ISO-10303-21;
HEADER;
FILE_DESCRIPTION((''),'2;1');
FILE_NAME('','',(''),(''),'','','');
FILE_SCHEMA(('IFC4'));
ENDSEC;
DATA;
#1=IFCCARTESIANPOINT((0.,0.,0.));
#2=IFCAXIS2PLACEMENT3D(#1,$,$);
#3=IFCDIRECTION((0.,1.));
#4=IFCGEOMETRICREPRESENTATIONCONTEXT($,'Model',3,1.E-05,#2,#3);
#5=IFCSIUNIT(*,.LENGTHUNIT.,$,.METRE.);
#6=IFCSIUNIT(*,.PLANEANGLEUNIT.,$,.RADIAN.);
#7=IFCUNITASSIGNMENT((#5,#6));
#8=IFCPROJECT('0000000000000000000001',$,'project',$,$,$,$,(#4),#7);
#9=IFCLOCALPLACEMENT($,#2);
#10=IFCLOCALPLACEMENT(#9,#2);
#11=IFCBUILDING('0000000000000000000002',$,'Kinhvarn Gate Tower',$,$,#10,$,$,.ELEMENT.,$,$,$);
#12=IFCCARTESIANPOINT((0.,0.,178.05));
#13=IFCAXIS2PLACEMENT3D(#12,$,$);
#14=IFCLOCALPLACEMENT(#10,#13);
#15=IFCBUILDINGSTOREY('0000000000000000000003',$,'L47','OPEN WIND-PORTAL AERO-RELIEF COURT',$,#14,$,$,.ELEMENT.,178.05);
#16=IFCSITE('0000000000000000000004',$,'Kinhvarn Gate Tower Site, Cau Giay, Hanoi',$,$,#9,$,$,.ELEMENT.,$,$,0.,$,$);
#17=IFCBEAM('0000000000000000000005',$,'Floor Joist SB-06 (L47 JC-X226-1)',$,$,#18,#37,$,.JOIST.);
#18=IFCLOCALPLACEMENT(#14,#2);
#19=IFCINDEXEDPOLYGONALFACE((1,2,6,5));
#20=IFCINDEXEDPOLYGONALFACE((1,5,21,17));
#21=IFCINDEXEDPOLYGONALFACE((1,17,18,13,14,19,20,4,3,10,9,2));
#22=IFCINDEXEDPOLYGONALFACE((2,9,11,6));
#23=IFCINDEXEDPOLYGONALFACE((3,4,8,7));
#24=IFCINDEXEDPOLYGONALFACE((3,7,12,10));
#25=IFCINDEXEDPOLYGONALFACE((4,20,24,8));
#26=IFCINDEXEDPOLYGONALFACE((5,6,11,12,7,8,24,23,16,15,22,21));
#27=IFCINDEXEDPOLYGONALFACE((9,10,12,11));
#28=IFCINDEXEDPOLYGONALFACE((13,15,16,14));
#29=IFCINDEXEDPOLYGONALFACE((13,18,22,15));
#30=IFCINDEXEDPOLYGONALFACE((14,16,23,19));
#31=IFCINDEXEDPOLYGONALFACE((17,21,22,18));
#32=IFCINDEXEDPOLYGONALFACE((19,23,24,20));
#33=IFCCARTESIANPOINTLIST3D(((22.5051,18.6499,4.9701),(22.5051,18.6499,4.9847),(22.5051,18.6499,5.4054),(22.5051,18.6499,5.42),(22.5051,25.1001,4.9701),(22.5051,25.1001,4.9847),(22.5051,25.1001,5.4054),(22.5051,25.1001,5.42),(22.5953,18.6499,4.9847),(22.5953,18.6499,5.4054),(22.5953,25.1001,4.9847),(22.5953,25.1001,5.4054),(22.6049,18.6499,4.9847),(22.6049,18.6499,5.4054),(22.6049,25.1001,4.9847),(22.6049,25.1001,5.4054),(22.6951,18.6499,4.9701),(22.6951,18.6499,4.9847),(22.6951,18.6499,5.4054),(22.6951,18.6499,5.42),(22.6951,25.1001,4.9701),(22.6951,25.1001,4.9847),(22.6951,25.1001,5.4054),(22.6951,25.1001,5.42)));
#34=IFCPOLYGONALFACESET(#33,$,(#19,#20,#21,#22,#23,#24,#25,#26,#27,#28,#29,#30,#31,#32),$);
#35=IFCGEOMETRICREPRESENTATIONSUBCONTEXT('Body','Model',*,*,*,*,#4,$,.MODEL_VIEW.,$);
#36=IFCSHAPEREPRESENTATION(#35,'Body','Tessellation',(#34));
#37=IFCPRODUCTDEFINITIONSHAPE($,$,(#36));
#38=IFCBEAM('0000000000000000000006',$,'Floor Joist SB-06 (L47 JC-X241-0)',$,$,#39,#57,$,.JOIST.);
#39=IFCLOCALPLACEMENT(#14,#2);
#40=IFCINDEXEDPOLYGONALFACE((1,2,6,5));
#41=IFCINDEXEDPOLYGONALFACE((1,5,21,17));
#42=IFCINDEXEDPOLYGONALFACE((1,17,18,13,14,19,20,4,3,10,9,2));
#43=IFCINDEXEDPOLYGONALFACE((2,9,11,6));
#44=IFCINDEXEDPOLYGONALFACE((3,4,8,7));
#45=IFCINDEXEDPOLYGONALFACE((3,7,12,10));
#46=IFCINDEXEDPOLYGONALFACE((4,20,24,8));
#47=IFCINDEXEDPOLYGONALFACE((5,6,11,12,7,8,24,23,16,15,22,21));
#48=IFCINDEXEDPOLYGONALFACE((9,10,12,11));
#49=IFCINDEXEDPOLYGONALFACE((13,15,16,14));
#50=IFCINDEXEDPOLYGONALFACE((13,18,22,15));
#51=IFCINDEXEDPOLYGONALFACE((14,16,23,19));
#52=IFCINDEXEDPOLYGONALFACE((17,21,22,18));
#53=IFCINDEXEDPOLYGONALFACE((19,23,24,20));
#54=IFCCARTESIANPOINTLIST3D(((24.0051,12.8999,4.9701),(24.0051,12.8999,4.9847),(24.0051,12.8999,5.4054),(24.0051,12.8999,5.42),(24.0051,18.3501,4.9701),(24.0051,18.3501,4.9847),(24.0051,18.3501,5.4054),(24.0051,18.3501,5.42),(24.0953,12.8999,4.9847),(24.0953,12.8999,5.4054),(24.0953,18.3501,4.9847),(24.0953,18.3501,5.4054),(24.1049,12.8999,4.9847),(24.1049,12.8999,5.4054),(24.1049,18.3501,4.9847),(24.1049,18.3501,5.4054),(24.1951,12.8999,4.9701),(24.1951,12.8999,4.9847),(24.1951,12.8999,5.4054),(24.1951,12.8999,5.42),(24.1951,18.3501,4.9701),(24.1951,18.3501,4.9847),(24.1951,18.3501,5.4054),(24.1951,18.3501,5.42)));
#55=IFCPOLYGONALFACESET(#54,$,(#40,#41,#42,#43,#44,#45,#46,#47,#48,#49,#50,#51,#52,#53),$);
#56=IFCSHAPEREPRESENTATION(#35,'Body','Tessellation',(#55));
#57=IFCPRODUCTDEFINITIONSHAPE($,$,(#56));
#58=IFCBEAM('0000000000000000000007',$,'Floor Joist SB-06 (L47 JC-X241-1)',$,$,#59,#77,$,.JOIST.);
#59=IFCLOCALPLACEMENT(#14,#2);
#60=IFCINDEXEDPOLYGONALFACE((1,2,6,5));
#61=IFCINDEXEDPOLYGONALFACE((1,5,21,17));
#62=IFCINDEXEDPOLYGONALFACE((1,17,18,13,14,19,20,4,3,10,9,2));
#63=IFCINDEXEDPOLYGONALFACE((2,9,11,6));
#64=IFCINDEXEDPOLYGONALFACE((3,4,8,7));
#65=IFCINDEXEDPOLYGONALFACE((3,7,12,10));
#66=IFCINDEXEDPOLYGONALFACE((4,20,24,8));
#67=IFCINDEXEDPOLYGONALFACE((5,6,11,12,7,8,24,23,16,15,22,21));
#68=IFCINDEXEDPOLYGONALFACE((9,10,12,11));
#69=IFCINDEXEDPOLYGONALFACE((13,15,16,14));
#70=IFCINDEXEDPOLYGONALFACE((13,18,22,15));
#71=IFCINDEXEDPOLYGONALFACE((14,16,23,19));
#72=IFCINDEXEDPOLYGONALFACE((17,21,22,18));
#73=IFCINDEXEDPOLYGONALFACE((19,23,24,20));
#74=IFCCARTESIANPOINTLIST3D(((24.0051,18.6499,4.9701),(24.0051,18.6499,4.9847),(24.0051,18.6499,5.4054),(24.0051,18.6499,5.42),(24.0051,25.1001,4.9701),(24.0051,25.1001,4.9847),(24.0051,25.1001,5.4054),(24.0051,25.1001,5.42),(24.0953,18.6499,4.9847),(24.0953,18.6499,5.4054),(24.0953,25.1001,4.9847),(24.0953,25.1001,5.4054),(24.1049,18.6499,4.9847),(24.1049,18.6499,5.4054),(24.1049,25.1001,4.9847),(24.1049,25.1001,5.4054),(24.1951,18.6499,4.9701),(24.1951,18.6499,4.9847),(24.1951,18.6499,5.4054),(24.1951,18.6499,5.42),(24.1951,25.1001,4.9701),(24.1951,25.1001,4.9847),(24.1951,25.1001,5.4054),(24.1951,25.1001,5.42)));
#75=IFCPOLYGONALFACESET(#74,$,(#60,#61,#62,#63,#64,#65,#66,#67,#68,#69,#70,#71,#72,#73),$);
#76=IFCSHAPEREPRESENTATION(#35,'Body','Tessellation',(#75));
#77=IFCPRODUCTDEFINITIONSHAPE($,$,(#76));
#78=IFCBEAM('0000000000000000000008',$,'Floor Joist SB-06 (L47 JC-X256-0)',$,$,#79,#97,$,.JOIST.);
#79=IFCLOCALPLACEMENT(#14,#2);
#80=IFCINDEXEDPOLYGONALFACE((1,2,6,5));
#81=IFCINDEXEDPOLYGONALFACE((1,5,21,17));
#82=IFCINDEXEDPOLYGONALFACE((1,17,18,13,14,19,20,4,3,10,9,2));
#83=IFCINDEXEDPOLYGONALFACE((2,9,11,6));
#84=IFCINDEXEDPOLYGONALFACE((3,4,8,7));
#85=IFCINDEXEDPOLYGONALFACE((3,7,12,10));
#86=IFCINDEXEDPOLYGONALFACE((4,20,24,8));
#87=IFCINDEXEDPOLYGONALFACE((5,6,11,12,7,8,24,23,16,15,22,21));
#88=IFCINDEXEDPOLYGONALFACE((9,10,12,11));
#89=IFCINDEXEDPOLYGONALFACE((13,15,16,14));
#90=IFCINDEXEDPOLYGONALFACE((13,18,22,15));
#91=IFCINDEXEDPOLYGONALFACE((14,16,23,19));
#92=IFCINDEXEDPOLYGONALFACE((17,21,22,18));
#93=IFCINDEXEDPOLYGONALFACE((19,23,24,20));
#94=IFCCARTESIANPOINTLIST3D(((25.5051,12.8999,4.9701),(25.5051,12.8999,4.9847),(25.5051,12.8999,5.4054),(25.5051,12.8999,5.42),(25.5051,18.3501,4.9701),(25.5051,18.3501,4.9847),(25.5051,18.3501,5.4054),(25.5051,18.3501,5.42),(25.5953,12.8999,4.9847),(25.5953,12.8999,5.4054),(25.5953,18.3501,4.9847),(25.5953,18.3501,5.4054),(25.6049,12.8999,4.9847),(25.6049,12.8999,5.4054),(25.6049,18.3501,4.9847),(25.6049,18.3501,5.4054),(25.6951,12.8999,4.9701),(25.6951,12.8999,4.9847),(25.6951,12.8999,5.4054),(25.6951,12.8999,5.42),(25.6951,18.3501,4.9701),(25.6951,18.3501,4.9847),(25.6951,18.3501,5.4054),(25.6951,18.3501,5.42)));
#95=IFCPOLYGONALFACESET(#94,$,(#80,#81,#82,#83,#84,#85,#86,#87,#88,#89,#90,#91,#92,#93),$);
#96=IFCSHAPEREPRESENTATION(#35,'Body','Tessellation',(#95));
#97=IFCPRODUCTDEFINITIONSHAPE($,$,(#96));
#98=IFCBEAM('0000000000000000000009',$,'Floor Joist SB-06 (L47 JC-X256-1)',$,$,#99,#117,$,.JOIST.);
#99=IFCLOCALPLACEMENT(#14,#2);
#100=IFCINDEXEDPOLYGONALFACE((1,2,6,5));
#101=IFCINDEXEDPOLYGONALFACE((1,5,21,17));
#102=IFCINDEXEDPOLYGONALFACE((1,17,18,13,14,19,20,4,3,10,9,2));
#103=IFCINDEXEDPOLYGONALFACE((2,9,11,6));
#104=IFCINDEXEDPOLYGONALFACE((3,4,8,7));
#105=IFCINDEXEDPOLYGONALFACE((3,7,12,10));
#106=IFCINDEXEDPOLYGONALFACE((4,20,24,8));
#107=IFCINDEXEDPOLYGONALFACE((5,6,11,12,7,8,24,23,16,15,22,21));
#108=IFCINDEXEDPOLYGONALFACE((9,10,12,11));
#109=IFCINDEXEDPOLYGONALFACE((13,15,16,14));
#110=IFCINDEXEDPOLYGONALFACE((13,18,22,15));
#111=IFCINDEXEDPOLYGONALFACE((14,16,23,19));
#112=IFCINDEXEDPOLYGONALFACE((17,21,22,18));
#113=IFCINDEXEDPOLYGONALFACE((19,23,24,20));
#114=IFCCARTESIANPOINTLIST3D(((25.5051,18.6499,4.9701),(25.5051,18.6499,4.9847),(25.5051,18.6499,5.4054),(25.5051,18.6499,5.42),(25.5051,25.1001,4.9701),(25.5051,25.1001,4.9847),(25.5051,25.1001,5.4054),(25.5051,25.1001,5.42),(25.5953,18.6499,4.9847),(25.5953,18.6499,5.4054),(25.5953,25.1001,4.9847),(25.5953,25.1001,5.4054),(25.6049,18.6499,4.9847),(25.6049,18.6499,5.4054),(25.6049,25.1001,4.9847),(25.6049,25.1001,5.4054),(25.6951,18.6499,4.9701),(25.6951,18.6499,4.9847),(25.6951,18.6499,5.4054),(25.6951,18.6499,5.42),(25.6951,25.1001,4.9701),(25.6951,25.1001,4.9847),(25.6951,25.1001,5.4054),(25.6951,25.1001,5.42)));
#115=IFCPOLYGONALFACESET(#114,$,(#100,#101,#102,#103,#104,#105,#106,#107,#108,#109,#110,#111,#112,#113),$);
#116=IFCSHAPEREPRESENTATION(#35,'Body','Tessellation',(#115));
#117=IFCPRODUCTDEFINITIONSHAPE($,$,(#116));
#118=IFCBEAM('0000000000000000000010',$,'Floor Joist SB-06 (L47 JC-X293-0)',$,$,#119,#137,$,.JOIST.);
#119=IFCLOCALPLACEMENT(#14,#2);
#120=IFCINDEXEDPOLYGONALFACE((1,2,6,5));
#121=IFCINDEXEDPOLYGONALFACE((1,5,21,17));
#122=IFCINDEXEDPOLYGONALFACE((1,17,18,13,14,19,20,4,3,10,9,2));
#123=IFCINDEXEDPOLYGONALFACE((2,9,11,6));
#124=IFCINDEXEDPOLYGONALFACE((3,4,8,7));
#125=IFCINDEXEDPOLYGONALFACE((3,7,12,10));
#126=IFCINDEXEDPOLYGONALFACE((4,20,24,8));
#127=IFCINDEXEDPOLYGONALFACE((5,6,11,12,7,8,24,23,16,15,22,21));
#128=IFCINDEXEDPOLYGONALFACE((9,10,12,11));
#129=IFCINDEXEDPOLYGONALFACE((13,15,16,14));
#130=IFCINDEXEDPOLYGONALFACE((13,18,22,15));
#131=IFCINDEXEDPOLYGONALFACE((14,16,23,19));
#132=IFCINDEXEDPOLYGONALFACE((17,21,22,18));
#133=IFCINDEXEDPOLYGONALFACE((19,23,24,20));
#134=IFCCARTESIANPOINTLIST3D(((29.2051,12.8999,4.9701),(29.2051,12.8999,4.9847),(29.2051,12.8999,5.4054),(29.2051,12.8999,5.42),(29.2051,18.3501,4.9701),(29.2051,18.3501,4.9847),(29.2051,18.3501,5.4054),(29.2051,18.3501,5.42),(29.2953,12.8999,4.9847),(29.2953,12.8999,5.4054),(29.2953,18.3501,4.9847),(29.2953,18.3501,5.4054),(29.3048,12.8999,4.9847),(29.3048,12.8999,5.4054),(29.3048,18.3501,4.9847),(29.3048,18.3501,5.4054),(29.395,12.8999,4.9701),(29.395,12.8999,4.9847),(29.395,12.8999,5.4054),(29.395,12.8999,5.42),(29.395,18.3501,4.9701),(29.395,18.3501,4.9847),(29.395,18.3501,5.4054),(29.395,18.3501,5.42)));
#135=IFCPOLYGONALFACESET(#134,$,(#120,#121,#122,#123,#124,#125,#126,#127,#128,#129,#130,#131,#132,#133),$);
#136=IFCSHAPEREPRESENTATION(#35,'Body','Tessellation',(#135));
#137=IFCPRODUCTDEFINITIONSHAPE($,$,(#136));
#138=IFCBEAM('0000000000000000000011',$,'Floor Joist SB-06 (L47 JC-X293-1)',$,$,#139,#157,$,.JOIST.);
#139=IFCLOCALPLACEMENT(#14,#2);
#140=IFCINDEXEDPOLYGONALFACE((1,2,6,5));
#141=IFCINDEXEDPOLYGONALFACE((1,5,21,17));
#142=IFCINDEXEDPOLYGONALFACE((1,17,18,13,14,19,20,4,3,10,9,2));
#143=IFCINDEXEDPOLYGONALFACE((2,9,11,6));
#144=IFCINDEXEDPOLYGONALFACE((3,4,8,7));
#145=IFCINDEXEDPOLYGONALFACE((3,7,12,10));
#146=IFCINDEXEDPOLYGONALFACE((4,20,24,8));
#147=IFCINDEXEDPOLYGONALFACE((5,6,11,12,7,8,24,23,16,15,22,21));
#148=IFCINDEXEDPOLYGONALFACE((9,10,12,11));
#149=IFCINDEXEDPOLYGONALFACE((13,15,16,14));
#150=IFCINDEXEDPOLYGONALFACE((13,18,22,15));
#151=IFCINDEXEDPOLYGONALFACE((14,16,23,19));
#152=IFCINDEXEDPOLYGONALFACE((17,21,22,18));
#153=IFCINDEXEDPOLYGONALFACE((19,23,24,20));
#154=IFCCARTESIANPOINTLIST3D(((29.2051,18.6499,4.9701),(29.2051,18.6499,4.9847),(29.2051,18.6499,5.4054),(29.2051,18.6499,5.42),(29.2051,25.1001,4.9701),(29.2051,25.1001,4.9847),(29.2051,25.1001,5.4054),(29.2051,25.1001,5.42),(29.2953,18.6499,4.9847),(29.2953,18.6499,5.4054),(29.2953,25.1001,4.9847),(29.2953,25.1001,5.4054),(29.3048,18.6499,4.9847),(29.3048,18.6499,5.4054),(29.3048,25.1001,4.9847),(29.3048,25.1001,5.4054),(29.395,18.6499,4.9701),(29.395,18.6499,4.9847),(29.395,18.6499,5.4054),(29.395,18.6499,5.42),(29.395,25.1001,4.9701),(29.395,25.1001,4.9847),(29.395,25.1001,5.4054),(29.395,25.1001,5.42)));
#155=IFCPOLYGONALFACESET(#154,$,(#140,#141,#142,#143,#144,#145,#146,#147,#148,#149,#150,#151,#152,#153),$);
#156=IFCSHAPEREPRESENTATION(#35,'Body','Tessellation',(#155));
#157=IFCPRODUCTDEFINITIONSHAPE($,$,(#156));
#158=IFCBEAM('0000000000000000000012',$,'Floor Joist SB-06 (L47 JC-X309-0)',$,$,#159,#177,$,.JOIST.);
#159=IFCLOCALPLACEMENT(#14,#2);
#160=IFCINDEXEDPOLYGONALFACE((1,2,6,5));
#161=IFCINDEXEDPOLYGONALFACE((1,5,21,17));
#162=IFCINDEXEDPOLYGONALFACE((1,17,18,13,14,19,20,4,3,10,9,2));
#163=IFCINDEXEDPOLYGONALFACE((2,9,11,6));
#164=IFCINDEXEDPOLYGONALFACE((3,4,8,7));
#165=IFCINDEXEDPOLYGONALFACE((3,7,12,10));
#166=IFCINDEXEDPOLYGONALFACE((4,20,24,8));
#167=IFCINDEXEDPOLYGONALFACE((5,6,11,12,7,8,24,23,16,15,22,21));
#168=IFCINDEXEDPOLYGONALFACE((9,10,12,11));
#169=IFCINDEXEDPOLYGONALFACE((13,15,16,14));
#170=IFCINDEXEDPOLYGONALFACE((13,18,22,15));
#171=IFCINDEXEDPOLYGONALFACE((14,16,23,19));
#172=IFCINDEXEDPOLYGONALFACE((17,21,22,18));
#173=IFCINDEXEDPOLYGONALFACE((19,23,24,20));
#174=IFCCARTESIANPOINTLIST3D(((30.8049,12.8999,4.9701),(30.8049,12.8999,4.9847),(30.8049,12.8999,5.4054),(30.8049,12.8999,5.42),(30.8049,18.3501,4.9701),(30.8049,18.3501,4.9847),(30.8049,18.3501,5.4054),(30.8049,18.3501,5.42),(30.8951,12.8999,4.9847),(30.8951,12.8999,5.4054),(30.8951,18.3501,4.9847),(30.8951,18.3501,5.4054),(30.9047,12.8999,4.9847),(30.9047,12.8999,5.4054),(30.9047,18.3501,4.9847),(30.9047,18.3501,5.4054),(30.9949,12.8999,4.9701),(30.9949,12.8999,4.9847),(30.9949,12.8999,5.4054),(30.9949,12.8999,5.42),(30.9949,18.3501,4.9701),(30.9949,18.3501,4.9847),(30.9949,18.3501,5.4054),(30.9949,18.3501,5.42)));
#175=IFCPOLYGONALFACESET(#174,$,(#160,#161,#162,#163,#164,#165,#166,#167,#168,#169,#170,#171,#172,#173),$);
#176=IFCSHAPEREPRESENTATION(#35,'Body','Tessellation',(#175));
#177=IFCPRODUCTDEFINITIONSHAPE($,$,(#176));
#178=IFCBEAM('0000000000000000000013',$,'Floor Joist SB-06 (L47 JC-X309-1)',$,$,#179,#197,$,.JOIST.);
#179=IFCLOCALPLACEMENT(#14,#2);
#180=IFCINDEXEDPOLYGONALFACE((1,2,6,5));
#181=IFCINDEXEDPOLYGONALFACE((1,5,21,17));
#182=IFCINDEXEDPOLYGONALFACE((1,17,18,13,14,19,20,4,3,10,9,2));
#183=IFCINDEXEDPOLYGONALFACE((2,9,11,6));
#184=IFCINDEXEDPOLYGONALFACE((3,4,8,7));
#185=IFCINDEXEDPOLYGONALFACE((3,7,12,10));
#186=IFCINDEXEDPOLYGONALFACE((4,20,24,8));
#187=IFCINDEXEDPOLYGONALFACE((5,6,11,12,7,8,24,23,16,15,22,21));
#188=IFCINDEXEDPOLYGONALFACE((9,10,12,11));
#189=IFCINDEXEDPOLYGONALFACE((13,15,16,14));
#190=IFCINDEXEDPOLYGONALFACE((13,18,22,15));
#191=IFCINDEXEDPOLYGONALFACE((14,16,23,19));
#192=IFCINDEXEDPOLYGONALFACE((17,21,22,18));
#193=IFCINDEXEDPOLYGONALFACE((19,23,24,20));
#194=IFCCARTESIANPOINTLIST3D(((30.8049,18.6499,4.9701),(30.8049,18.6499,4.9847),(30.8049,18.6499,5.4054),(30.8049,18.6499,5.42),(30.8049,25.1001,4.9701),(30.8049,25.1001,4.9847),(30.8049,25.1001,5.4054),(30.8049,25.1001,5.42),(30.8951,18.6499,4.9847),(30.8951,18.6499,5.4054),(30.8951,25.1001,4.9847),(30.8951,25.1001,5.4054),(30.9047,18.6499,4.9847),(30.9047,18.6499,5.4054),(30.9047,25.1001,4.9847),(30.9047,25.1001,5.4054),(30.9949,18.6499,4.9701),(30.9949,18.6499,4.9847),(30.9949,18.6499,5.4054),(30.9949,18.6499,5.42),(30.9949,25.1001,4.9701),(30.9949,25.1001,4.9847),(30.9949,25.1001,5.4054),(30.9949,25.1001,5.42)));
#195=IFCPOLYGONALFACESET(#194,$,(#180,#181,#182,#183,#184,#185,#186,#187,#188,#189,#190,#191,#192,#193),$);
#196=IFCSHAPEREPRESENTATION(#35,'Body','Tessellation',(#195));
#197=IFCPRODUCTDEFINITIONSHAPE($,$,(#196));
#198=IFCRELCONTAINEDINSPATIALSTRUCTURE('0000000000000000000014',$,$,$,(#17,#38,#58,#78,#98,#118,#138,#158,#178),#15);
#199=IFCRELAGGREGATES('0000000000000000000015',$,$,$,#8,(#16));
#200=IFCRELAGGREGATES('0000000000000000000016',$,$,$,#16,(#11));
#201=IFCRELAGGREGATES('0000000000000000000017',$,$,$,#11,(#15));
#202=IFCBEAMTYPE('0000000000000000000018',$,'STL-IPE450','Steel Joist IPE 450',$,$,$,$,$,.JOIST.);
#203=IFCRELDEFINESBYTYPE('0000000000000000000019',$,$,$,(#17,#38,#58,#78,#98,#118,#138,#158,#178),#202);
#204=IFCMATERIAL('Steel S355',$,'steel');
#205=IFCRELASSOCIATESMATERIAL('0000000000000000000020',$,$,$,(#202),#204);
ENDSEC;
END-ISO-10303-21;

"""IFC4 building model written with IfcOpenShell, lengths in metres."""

from ifc_helpers import new_model, si_unit, direction, frame, origin, origin_2d, place, context, subcontext, project, spatial, i_section, extrude, material, material_profile, profile_set, type_object, element, save


model = new_model("IFC4")

# Units and contexts
model_context = context("Model", 3, precision=1e-05, world=origin(), true_north=direction((0.0, 1.0)))
body_context = subcontext(model_context, "Body", "Model", "MODEL_VIEW")
ifc_project = project(units=[si_unit("LENGTHUNIT", "METRE"), si_unit("PLANEANGLEUNIT", "RADIAN")], contexts=[model_context])

# Site, building, storey
site_placement = place(None, origin())
site = spatial("IfcSite", under=ifc_project, at=site_placement, Name="Kinhvarn Gate Tower Site, Cau Giay, Hanoi", CompositionType="ELEMENT", RefElevation=0.0)
building_placement = place(site_placement, origin())
building = spatial("IfcBuilding", under=site, at=building_placement, Name="Kinhvarn Gate Tower", CompositionType="ELEMENT")
storey_placement = place(building_placement, frame((0.0, 0.0, 178.05)))
storey = spatial("IfcBuildingStorey", under=building, at=storey_placement, Name="L47", Description="OPEN WIND-PORTAL AERO-RELIEF COURT", CompositionType="ELEMENT", Elevation=178.05)

# Beams
ifc_material_1 = material(Name="Steel S355", Category="steel")
ifc_material_profile_1 = material_profile(ifc_material_1, i_section(OverallWidth=0.1899, OverallDepth=0.45, WebThickness=0.0095, FlangeThickness=0.0146, at=origin_2d()), Name="IPE 450")
ifc_profile_set_1 = profile_set([ifc_material_profile_1], Name="Steel S355")
beam_type_1 = type_object("IfcBeamType", Name="STL-IPE450", Description="Steel Joist IPE 450", PredefinedType="JOIST", material=ifc_profile_set_1)
beam_1_placement = place(storey_placement, frame((22.6001, 18.6499, 5.1951), z_axis=(0.0, 1.0, 0.0), x_axis=(-1.0, 0.0, 0.0)))
element("IfcBeam", 1, at=beam_1_placement, inside=storey, type_object=beam_type_1, Name="Floor Joist SB-06 (L47 JC-X226-1)", PredefinedType="JOIST", context=body_context, shape_type="SweptSolid", body=[
    extrude(i_section(OverallWidth=0.1899, OverallDepth=0.45, WebThickness=0.0095, FlangeThickness=0.0146, at=origin_2d()), origin(), (0.0, 0.0, 1.0), 6.4502),
])
beam_2_placement = place(storey_placement, frame((24.1001, 12.8999, 5.1951), z_axis=(0.0, 1.0, 0.0), x_axis=(-1.0, 0.0, 0.0)))
element("IfcBeam", 2, at=beam_2_placement, inside=storey, type_object=beam_type_1, Name="Floor Joist SB-06 (L47 JC-X241-0)", PredefinedType="JOIST", context=body_context, shape_type="SweptSolid", body=[
    extrude(i_section(OverallWidth=0.1899, OverallDepth=0.45, WebThickness=0.0095, FlangeThickness=0.0146, at=origin_2d()), origin(), (0.0, 0.0, 1.0), 5.4502),
])
beam_3_placement = place(storey_placement, frame((24.1001, 18.6499, 5.1951), z_axis=(0.0, 1.0, 0.0), x_axis=(-1.0, 0.0, 0.0)))
element("IfcBeam", 3, at=beam_3_placement, inside=storey, type_object=beam_type_1, Name="Floor Joist SB-06 (L47 JC-X241-1)", PredefinedType="JOIST", context=body_context, shape_type="SweptSolid", body=[
    extrude(i_section(OverallWidth=0.1899, OverallDepth=0.45, WebThickness=0.0095, FlangeThickness=0.0146, at=origin_2d()), origin(), (0.0, 0.0, 1.0), 6.4502),
])
beam_4_placement = place(storey_placement, frame((25.6001, 12.8999, 5.1951), z_axis=(0.0, 1.0, 0.0), x_axis=(-1.0, 0.0, 0.0)))
element("IfcBeam", 4, at=beam_4_placement, inside=storey, type_object=beam_type_1, Name="Floor Joist SB-06 (L47 JC-X256-0)", PredefinedType="JOIST", context=body_context, shape_type="SweptSolid", body=[
    extrude(i_section(OverallWidth=0.1899, OverallDepth=0.45, WebThickness=0.0095, FlangeThickness=0.0146, at=origin_2d()), origin(), (0.0, 0.0, 1.0), 5.4502),
])
beam_5_placement = place(storey_placement, frame((25.6001, 18.6499, 5.1951), z_axis=(0.0, 1.0, 0.0), x_axis=(-1.0, 0.0, 0.0)))
element("IfcBeam", 5, at=beam_5_placement, inside=storey, type_object=beam_type_1, Name="Floor Joist SB-06 (L47 JC-X256-1)", PredefinedType="JOIST", context=body_context, shape_type="SweptSolid", body=[
    extrude(i_section(OverallWidth=0.1899, OverallDepth=0.45, WebThickness=0.0095, FlangeThickness=0.0146, at=origin_2d()), origin(), (0.0, 0.0, 1.0), 6.4502),
])
beam_6_placement = place(storey_placement, frame((29.3, 12.8999, 5.1951), z_axis=(0.0, 1.0, 0.0), x_axis=(-1.0, 0.0, 0.0)))
element("IfcBeam", 6, at=beam_6_placement, inside=storey, type_object=beam_type_1, Name="Floor Joist SB-06 (L47 JC-X293-0)", PredefinedType="JOIST", context=body_context, shape_type="SweptSolid", body=[
    extrude(i_section(OverallWidth=0.1899, OverallDepth=0.45, WebThickness=0.0095, FlangeThickness=0.0146, at=origin_2d()), origin(), (0.0, 0.0, 1.0), 5.4502),
])
beam_7_placement = place(storey_placement, frame((29.3, 18.6499, 5.1951), z_axis=(0.0, 1.0, 0.0), x_axis=(-1.0, 0.0, 0.0)))
element("IfcBeam", 7, at=beam_7_placement, inside=storey, type_object=beam_type_1, Name="Floor Joist SB-06 (L47 JC-X293-1)", PredefinedType="JOIST", context=body_context, shape_type="SweptSolid", body=[
    extrude(i_section(OverallWidth=0.1899, OverallDepth=0.45, WebThickness=0.0095, FlangeThickness=0.0146, at=origin_2d()), origin(), (0.0, 0.0, 1.0), 6.4502),
])
beam_8_placement = place(storey_placement, frame((30.8999, 12.8999, 5.1951), z_axis=(0.0, 1.0, 0.0), x_axis=(-1.0, 0.0, 0.0)))
element("IfcBeam", 8, at=beam_8_placement, inside=storey, type_object=beam_type_1, Name="Floor Joist SB-06 (L47 JC-X309-0)", PredefinedType="JOIST", context=body_context, shape_type="SweptSolid", body=[
    extrude(i_section(OverallWidth=0.1899, OverallDepth=0.45, WebThickness=0.0095, FlangeThickness=0.0146, at=origin_2d()), origin(), (0.0, 0.0, 1.0), 5.4502),
])
beam_9_placement = place(storey_placement, frame((30.8999, 18.6499, 5.1951), z_axis=(0.0, 1.0, 0.0), x_axis=(-1.0, 0.0, 0.0)))
element("IfcBeam", 9, at=beam_9_placement, inside=storey, type_object=beam_type_1, Name="Floor Joist SB-06 (L47 JC-X309-1)", PredefinedType="JOIST", context=body_context, shape_type="SweptSolid", body=[
    extrude(i_section(OverallWidth=0.1899, OverallDepth=0.45, WebThickness=0.0095, FlangeThickness=0.0146, at=origin_2d()), origin(), (0.0, 0.0, 1.0), 6.4502),
])

save(model, "model.ifc")
